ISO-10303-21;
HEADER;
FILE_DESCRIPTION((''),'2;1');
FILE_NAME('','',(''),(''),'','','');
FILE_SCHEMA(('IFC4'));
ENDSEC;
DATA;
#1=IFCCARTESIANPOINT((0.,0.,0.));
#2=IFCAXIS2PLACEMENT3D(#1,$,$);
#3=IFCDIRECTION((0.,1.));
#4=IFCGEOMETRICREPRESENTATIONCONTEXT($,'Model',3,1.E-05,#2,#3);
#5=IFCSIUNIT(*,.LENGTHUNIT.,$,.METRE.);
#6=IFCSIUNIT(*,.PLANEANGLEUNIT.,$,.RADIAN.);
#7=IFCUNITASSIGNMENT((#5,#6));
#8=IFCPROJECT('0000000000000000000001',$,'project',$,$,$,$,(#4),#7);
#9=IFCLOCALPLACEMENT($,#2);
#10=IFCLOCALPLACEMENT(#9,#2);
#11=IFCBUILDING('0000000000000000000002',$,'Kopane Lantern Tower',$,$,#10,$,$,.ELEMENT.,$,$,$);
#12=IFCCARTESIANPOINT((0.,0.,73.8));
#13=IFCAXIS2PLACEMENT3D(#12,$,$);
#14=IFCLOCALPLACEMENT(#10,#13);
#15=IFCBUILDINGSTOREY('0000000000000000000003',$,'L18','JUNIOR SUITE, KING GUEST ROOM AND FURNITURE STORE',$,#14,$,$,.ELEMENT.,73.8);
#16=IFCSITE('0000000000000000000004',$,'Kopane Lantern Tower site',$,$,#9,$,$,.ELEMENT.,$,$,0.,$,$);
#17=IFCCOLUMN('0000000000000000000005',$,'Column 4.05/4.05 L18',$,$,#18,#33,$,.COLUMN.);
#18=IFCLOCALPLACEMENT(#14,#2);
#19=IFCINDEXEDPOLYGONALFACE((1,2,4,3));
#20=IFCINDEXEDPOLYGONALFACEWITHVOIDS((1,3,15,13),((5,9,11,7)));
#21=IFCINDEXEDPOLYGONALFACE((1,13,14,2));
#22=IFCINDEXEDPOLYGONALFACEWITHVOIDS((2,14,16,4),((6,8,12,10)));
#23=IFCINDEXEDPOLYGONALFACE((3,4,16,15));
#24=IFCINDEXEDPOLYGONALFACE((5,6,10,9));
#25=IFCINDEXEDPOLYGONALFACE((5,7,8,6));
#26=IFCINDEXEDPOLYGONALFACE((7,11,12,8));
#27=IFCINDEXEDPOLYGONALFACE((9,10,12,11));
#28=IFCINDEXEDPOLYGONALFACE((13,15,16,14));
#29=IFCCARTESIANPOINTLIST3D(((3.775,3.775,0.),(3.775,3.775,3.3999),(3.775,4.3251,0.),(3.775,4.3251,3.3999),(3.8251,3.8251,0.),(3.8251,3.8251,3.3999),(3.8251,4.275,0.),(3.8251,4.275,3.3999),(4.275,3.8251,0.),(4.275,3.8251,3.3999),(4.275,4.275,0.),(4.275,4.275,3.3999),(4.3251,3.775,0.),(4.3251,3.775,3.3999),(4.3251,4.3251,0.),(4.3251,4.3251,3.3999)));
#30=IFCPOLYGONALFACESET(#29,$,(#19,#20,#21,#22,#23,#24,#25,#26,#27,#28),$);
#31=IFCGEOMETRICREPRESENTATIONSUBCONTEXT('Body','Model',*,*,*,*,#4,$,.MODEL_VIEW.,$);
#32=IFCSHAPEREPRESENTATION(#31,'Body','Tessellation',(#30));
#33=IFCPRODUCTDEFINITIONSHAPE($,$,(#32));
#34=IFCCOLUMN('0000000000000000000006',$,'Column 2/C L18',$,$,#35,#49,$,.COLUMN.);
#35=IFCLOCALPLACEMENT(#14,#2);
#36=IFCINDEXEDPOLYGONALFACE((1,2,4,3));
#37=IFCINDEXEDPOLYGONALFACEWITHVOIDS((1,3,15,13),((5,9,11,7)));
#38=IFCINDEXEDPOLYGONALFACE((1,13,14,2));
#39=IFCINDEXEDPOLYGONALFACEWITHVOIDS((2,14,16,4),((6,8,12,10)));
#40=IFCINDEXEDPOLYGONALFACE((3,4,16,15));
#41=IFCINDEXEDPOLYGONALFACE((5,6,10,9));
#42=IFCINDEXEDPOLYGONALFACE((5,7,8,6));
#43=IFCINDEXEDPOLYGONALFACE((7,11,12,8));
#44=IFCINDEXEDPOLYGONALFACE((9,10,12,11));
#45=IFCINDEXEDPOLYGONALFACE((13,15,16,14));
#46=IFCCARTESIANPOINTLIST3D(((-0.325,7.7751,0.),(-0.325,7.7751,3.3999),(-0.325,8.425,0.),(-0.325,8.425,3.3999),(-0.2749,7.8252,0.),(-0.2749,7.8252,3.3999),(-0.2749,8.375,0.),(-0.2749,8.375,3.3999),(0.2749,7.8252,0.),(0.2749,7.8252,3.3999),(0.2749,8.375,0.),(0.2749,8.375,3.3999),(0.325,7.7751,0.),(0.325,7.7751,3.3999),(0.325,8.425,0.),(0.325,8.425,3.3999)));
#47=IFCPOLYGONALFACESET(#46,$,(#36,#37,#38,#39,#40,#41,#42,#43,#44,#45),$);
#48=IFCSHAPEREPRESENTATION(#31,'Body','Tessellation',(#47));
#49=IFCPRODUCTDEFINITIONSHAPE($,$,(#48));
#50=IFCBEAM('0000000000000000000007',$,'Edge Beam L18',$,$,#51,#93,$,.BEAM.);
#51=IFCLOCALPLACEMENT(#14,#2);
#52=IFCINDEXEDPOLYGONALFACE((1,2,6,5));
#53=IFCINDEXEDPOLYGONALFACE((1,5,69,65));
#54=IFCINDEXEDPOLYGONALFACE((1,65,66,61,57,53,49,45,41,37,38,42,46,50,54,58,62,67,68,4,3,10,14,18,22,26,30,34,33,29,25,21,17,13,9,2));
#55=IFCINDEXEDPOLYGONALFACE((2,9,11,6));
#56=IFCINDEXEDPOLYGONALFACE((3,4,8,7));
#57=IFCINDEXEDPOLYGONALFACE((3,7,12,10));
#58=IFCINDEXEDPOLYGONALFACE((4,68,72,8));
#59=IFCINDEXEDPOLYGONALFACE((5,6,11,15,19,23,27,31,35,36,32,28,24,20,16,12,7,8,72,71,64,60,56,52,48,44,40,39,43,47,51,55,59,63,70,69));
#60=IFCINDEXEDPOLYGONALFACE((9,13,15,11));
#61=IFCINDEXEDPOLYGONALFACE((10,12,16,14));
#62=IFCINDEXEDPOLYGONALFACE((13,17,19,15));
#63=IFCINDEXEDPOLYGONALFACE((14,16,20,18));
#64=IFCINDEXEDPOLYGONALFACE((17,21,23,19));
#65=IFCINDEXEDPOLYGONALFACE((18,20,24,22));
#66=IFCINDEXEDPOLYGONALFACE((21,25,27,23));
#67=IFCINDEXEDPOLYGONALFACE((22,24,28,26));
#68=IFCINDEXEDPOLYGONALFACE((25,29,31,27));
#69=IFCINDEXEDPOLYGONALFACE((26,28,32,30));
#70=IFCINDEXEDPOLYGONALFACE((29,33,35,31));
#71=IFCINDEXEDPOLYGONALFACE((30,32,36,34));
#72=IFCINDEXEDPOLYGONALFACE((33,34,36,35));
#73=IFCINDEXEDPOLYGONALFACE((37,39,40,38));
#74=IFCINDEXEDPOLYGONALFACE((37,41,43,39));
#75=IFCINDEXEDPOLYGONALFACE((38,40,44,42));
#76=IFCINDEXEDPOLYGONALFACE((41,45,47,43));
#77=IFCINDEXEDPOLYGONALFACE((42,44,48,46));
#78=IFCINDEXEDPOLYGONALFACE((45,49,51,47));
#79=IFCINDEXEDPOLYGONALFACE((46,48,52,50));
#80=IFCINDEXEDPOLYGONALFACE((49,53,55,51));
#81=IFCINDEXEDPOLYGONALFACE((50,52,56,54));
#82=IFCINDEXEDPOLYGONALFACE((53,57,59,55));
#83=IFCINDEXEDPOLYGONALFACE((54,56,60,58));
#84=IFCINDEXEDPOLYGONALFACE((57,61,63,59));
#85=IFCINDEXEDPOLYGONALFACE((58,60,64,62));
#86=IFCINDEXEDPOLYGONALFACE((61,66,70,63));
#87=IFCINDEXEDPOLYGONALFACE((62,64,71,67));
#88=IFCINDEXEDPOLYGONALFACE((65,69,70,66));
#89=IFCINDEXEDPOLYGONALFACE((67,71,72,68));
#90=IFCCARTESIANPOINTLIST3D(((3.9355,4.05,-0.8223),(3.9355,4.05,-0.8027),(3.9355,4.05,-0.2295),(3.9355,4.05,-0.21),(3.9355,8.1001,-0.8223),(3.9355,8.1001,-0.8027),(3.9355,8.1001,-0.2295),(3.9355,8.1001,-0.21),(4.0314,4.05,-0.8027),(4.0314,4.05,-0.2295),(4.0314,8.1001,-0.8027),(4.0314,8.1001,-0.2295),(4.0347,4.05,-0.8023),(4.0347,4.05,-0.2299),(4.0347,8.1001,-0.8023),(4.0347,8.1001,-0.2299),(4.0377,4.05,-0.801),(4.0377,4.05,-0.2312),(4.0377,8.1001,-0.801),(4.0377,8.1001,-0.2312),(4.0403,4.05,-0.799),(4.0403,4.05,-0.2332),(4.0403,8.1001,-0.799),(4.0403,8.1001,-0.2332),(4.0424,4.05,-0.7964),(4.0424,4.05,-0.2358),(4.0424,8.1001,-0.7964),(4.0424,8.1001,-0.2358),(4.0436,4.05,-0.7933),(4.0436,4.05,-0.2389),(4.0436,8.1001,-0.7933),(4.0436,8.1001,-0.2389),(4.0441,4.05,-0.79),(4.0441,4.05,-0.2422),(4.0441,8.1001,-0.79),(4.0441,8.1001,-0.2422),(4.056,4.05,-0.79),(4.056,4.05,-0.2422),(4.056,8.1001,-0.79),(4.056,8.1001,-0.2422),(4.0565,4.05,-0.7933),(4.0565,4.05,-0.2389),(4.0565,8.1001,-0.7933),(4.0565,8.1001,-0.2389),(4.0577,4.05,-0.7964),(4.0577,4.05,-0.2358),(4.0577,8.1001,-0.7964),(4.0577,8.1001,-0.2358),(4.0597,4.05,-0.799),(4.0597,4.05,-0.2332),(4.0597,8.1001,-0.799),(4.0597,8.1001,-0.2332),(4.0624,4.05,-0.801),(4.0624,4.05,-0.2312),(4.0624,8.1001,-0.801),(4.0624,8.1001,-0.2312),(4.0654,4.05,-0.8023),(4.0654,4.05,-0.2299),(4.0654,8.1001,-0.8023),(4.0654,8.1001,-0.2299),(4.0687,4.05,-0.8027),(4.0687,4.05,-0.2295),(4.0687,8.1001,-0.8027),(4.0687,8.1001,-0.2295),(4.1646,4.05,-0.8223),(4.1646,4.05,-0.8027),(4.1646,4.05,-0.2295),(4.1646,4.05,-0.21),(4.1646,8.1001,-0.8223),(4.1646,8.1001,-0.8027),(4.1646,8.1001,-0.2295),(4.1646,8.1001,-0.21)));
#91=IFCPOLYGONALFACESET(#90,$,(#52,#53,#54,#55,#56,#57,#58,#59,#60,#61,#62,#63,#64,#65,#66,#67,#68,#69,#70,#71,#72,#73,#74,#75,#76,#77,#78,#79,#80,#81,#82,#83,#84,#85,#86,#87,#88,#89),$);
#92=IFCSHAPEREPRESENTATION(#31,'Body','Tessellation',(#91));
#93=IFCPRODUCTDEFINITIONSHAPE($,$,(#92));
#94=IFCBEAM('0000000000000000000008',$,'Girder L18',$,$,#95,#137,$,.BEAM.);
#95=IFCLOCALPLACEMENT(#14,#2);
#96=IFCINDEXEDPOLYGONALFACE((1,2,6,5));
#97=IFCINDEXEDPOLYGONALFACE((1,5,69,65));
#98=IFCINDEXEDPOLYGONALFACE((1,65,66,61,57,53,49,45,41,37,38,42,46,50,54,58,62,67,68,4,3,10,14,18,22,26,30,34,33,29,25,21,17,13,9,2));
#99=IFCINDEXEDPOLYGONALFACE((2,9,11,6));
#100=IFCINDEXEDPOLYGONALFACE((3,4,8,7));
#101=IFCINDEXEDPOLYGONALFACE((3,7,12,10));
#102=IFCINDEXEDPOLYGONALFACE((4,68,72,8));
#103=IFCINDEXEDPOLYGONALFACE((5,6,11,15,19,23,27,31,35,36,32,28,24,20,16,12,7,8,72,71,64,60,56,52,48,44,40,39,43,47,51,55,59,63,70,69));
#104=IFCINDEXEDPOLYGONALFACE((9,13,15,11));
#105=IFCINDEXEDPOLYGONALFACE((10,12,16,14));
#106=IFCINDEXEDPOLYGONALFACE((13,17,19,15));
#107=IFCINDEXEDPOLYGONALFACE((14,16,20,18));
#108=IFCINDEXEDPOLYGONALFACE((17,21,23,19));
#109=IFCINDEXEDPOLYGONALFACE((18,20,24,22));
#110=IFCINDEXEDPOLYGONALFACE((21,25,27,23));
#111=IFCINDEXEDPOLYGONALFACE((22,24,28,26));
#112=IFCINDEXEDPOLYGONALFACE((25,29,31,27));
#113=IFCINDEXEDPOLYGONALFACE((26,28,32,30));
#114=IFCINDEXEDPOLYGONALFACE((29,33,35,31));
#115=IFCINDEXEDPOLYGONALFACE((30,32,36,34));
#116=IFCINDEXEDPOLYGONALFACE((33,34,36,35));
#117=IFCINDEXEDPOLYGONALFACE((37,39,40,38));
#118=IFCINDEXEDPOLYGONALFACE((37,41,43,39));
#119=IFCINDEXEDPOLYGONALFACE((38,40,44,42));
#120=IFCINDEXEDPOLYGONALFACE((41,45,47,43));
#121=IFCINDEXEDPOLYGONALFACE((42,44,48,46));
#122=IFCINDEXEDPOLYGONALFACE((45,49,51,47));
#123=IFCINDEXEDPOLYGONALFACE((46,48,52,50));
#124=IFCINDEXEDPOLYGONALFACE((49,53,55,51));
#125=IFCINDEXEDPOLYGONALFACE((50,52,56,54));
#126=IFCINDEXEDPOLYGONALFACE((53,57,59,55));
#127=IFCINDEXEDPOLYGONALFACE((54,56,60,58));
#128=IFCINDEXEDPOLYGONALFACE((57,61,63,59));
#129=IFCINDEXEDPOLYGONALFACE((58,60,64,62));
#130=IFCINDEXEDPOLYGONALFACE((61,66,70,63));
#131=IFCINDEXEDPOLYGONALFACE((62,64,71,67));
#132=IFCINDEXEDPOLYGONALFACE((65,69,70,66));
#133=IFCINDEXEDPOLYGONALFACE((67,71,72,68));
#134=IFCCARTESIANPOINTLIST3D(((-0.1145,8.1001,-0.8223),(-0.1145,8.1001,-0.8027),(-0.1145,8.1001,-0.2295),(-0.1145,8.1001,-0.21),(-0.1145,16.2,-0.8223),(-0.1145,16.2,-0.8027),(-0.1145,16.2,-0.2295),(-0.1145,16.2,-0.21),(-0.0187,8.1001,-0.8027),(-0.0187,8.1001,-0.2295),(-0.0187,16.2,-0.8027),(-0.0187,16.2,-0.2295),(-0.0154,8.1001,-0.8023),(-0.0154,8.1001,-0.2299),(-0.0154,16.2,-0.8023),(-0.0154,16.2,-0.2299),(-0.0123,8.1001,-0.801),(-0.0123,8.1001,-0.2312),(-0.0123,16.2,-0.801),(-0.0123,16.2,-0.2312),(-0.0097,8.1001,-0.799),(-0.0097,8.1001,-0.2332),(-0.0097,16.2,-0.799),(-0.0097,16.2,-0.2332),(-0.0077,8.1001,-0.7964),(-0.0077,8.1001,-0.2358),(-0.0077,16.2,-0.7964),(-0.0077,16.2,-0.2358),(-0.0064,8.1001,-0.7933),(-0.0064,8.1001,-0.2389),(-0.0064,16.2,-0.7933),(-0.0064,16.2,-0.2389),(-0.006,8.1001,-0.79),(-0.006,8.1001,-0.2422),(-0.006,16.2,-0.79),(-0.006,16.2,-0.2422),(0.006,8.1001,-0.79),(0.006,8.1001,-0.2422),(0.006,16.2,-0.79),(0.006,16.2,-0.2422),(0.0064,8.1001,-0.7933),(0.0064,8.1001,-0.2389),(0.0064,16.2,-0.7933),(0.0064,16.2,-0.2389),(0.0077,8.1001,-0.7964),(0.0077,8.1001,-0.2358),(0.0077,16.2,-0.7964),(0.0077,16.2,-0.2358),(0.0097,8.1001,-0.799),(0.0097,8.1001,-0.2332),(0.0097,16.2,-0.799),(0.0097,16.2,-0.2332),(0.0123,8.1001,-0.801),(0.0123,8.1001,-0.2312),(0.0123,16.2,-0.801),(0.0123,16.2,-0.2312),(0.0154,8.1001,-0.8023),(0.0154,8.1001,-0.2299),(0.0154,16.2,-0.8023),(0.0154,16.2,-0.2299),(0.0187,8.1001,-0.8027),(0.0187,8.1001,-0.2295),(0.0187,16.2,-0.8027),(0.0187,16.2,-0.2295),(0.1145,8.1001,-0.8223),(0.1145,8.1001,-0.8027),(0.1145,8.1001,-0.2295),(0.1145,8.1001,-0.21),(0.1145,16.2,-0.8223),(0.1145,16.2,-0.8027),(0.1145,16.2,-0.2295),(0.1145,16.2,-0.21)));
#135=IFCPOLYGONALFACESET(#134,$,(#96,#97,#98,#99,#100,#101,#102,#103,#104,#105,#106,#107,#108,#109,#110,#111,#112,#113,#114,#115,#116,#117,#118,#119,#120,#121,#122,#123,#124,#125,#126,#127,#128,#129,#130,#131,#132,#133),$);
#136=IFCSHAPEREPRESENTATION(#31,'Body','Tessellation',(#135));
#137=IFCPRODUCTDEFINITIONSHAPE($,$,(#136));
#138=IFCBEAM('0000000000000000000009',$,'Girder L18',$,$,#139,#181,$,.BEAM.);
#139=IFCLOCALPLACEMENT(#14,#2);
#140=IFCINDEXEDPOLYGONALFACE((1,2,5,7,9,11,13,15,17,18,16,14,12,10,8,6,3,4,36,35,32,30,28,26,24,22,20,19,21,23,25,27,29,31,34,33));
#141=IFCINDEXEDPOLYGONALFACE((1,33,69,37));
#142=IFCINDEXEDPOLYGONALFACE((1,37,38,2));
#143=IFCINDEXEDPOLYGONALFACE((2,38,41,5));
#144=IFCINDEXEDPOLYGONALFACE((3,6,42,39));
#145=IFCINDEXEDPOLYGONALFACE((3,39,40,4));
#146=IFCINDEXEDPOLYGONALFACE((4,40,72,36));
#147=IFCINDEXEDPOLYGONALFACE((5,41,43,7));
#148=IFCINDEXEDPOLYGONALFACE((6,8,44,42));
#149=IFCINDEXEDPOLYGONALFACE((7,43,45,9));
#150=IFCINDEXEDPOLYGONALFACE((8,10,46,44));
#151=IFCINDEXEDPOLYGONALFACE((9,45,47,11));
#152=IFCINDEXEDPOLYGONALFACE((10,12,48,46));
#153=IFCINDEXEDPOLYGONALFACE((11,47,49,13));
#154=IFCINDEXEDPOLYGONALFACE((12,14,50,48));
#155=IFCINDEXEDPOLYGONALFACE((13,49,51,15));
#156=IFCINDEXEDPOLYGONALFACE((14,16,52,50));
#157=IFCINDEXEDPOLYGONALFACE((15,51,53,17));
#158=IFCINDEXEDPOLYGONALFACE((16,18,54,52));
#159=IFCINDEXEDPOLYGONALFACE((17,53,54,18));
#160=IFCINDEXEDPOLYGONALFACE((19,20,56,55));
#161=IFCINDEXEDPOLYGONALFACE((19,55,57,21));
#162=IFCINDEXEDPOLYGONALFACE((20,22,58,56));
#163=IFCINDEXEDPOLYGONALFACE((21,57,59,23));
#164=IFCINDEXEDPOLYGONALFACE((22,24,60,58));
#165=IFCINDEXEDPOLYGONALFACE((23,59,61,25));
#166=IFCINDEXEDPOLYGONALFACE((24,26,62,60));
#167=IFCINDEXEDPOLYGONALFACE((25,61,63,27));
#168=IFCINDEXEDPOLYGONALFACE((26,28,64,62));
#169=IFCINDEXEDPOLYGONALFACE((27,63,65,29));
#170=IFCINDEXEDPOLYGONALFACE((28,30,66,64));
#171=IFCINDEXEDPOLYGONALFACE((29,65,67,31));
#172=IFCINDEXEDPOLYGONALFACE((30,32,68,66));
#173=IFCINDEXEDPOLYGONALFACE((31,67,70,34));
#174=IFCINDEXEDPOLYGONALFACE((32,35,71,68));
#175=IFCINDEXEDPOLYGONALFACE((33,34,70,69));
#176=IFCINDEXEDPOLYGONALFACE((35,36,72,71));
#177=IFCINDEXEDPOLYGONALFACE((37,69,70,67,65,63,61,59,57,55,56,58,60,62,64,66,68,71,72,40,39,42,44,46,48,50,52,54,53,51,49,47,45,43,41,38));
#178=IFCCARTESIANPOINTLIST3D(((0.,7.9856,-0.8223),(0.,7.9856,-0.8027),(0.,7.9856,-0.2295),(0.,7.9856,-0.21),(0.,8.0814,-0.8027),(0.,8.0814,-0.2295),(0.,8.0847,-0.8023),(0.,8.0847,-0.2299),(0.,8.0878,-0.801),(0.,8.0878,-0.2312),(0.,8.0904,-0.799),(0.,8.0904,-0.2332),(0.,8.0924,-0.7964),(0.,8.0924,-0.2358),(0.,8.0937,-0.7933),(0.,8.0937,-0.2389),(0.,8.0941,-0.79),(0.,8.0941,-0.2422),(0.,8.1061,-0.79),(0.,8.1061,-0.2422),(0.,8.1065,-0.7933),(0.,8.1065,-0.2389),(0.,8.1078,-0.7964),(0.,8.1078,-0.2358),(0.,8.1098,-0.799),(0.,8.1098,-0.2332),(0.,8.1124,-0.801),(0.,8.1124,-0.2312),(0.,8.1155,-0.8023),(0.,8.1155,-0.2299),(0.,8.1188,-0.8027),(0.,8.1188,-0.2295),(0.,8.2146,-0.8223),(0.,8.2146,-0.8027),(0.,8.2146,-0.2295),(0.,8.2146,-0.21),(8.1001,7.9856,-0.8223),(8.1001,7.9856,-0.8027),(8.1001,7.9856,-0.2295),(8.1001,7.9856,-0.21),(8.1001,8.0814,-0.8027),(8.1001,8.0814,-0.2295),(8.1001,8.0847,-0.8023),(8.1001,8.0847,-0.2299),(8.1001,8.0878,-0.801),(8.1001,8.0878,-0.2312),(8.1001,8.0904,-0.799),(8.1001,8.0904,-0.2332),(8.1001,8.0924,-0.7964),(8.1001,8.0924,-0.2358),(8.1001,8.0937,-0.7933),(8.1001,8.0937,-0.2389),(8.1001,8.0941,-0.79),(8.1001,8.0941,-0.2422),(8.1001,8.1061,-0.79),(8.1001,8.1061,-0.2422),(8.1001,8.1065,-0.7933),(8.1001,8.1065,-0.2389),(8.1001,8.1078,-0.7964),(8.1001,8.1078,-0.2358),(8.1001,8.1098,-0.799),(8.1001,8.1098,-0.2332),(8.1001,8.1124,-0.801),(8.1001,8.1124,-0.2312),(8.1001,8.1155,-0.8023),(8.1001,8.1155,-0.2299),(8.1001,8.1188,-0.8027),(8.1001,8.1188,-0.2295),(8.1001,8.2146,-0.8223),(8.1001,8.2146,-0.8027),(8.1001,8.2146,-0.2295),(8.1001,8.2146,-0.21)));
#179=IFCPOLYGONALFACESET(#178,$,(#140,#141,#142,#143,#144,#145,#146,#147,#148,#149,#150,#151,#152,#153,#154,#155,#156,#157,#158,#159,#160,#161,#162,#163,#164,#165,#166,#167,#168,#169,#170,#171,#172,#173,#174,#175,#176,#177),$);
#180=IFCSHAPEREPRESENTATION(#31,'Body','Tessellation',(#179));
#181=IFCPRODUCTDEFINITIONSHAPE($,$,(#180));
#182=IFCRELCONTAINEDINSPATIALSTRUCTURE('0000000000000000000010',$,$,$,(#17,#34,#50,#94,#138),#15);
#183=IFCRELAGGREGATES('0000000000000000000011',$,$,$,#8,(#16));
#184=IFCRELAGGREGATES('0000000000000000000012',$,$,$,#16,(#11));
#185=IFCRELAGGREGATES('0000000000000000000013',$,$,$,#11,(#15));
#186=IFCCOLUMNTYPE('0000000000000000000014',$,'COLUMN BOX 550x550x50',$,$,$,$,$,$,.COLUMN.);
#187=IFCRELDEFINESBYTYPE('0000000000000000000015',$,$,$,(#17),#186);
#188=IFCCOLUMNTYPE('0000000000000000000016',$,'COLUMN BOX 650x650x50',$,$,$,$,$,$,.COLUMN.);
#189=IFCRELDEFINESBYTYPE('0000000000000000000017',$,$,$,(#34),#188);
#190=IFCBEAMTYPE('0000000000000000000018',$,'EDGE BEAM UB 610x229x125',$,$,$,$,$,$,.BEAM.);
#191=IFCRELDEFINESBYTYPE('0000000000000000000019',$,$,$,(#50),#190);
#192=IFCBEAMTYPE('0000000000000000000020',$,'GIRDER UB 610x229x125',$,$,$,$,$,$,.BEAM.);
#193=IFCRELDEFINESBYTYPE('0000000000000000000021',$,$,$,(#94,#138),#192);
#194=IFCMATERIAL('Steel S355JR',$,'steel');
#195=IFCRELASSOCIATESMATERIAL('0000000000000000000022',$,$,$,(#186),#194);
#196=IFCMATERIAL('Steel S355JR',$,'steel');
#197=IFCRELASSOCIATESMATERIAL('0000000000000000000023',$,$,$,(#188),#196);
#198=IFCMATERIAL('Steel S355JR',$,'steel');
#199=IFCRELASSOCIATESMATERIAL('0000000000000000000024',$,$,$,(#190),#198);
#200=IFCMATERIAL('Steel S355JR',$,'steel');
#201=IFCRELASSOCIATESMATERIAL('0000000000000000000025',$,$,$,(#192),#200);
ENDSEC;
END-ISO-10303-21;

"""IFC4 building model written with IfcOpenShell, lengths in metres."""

from ifc_helpers import new_model, si_unit, direction, frame, origin, origin_2d, place, context, subcontext, project, spatial, hollow_rectangle, i_section, extrude, material, material_profile, profile_set, type_object, element, save


model = new_model("IFC4")

# Units and contexts
model_context = context("Model", 3, precision=1e-05, world=origin(), true_north=direction((0.0, 1.0)))
body_context = subcontext(model_context, "Body", "Model", "MODEL_VIEW")
ifc_project = project(units=[si_unit("LENGTHUNIT", "METRE"), si_unit("PLANEANGLEUNIT", "RADIAN")], contexts=[model_context])

# Site, building, storey
site_placement = place(None, origin())
site = spatial("IfcSite", under=ifc_project, at=site_placement, Name="Kopane Lantern Tower site", CompositionType="ELEMENT", RefElevation=0.0)
building_placement = place(site_placement, origin())
building = spatial("IfcBuilding", under=site, at=building_placement, Name="Kopane Lantern Tower", CompositionType="ELEMENT")
storey_placement = place(building_placement, frame((0.0, 0.0, 73.8)))
storey = spatial("IfcBuildingStorey", under=building, at=storey_placement, Name="L18", Description="JUNIOR SUITE, KING GUEST ROOM AND FURNITURE STORE", CompositionType="ELEMENT", Elevation=73.8)

# Columns
ifc_material_1 = material(Name="Steel S355JR", Category="steel")
ifc_material_profile_1 = material_profile(ifc_material_1, hollow_rectangle(XDim=0.55, YDim=0.55, WallThickness=0.05, at=origin_2d()), Name="BOX 550x550x50")
ifc_profile_set_1 = profile_set([ifc_material_profile_1], Name="Steel S355JR")
column_type_1 = type_object("IfcColumnType", Name="COLUMN BOX 550x550x50", PredefinedType="COLUMN", material=ifc_profile_set_1)
column_1_placement = place(storey_placement, frame((4.05, 4.05, 0.0), z_axis=(0.0, 0.0, 1.0), x_axis=(1.0, 0.0, 0.0)))
element("IfcColumn", 1, at=column_1_placement, inside=storey, type_object=column_type_1, Name="Column 4.05/4.05 L18", PredefinedType="COLUMN", context=body_context, shape_type="SweptSolid", body=[
    extrude(hollow_rectangle(XDim=0.55, YDim=0.55, WallThickness=0.05, at=origin_2d()), origin(), (0.0, 0.0, 1.0), 3.3999),
])
ifc_material_2 = material(Name="Steel S355JR", Category="steel")
ifc_material_profile_2 = material_profile(ifc_material_2, hollow_rectangle(XDim=0.6499, YDim=0.6499, WallThickness=0.05, at=origin_2d()), Name="BOX 650x650x50")
ifc_profile_set_2 = profile_set([ifc_material_profile_2], Name="Steel S355JR")
column_type_2 = type_object("IfcColumnType", Name="COLUMN BOX 650x650x50", PredefinedType="COLUMN", material=ifc_profile_set_2)
column_2_placement = place(storey_placement, frame((0.0, 8.1001, 0.0), z_axis=(0.0, 0.0, 1.0), x_axis=(1.0, 0.0, 0.0)))
element("IfcColumn", 2, at=column_2_placement, inside=storey, type_object=column_type_2, Name="Column 2/C L18", PredefinedType="COLUMN", context=body_context, shape_type="SweptSolid", body=[
    extrude(hollow_rectangle(XDim=0.6499, YDim=0.6499, WallThickness=0.05, at=origin_2d()), origin(), (0.0, 0.0, 1.0), 3.3999),
])

# Beams
ifc_material_3 = material(Name="Steel S355JR", Category="steel")
ifc_material_profile_3 = material_profile(ifc_material_3, i_section(OverallWidth=0.229, OverallDepth=0.6123, WebThickness=0.012, FlangeThickness=0.0195, FilletRadius=0.0127, at=origin_2d()), Name="UB 610x229x125")
ifc_profile_set_3 = profile_set([ifc_material_profile_3], Name="Steel S355JR")
beam_type_1 = type_object("IfcBeamType", Name="EDGE BEAM UB 610x229x125", PredefinedType="BEAM", material=ifc_profile_set_3)
beam_1_placement = place(storey_placement, frame((4.05, 4.05, -0.5161), z_axis=(0.0, 1.0, 0.0), x_axis=(-1.0, 0.0, 0.0)))
element("IfcBeam", 3, at=beam_1_placement, inside=storey, type_object=beam_type_1, Name="Edge Beam L18", PredefinedType="BEAM", context=body_context, shape_type="SweptSolid", body=[
    extrude(i_section(OverallWidth=0.229, OverallDepth=0.6123, WebThickness=0.012, FlangeThickness=0.0195, FilletRadius=0.0127, at=origin_2d()), origin(), (0.0, 0.0, 1.0), 4.05),
])
ifc_material_4 = material(Name="Steel S355JR", Category="steel")
ifc_material_profile_4 = material_profile(ifc_material_4, i_section(OverallWidth=0.229, OverallDepth=0.6123, WebThickness=0.012, FlangeThickness=0.0195, FilletRadius=0.0127, at=origin_2d()), Name="UB 610x229x125")
ifc_profile_set_4 = profile_set([ifc_material_profile_4], Name="Steel S355JR")
beam_type_2 = type_object("IfcBeamType", Name="GIRDER UB 610x229x125", PredefinedType="BEAM", material=ifc_profile_set_4)
beam_2_placement = place(storey_placement, frame((0.0, 8.1001, -0.5161), z_axis=(0.0, 1.0, 0.0), x_axis=(-1.0, 0.0, 0.0)))
element("IfcBeam", 4, at=beam_2_placement, inside=storey, type_object=beam_type_2, Name="Girder L18", PredefinedType="BEAM", context=body_context, shape_type="SweptSolid", body=[
    extrude(i_section(OverallWidth=0.229, OverallDepth=0.6123, WebThickness=0.012, FlangeThickness=0.0195, FilletRadius=0.0127, at=origin_2d()), origin(), (0.0, 0.0, 1.0), 8.0999),
])
beam_3_placement = place(storey_placement, frame((0.0, 8.1001, -0.5161), z_axis=(1.0, 0.0, 0.0), x_axis=(0.0, 1.0, 0.0)))
element("IfcBeam", 5, at=beam_3_placement, inside=storey, type_object=beam_type_2, Name="Girder L18", PredefinedType="BEAM", context=body_context, shape_type="SweptSolid", body=[
    extrude(i_section(OverallWidth=0.229, OverallDepth=0.6123, WebThickness=0.012, FlangeThickness=0.0195, FilletRadius=0.0127, at=origin_2d()), origin(), (0.0, 0.0, 1.0), 8.1001),
])

save(model, "model.ifc")
